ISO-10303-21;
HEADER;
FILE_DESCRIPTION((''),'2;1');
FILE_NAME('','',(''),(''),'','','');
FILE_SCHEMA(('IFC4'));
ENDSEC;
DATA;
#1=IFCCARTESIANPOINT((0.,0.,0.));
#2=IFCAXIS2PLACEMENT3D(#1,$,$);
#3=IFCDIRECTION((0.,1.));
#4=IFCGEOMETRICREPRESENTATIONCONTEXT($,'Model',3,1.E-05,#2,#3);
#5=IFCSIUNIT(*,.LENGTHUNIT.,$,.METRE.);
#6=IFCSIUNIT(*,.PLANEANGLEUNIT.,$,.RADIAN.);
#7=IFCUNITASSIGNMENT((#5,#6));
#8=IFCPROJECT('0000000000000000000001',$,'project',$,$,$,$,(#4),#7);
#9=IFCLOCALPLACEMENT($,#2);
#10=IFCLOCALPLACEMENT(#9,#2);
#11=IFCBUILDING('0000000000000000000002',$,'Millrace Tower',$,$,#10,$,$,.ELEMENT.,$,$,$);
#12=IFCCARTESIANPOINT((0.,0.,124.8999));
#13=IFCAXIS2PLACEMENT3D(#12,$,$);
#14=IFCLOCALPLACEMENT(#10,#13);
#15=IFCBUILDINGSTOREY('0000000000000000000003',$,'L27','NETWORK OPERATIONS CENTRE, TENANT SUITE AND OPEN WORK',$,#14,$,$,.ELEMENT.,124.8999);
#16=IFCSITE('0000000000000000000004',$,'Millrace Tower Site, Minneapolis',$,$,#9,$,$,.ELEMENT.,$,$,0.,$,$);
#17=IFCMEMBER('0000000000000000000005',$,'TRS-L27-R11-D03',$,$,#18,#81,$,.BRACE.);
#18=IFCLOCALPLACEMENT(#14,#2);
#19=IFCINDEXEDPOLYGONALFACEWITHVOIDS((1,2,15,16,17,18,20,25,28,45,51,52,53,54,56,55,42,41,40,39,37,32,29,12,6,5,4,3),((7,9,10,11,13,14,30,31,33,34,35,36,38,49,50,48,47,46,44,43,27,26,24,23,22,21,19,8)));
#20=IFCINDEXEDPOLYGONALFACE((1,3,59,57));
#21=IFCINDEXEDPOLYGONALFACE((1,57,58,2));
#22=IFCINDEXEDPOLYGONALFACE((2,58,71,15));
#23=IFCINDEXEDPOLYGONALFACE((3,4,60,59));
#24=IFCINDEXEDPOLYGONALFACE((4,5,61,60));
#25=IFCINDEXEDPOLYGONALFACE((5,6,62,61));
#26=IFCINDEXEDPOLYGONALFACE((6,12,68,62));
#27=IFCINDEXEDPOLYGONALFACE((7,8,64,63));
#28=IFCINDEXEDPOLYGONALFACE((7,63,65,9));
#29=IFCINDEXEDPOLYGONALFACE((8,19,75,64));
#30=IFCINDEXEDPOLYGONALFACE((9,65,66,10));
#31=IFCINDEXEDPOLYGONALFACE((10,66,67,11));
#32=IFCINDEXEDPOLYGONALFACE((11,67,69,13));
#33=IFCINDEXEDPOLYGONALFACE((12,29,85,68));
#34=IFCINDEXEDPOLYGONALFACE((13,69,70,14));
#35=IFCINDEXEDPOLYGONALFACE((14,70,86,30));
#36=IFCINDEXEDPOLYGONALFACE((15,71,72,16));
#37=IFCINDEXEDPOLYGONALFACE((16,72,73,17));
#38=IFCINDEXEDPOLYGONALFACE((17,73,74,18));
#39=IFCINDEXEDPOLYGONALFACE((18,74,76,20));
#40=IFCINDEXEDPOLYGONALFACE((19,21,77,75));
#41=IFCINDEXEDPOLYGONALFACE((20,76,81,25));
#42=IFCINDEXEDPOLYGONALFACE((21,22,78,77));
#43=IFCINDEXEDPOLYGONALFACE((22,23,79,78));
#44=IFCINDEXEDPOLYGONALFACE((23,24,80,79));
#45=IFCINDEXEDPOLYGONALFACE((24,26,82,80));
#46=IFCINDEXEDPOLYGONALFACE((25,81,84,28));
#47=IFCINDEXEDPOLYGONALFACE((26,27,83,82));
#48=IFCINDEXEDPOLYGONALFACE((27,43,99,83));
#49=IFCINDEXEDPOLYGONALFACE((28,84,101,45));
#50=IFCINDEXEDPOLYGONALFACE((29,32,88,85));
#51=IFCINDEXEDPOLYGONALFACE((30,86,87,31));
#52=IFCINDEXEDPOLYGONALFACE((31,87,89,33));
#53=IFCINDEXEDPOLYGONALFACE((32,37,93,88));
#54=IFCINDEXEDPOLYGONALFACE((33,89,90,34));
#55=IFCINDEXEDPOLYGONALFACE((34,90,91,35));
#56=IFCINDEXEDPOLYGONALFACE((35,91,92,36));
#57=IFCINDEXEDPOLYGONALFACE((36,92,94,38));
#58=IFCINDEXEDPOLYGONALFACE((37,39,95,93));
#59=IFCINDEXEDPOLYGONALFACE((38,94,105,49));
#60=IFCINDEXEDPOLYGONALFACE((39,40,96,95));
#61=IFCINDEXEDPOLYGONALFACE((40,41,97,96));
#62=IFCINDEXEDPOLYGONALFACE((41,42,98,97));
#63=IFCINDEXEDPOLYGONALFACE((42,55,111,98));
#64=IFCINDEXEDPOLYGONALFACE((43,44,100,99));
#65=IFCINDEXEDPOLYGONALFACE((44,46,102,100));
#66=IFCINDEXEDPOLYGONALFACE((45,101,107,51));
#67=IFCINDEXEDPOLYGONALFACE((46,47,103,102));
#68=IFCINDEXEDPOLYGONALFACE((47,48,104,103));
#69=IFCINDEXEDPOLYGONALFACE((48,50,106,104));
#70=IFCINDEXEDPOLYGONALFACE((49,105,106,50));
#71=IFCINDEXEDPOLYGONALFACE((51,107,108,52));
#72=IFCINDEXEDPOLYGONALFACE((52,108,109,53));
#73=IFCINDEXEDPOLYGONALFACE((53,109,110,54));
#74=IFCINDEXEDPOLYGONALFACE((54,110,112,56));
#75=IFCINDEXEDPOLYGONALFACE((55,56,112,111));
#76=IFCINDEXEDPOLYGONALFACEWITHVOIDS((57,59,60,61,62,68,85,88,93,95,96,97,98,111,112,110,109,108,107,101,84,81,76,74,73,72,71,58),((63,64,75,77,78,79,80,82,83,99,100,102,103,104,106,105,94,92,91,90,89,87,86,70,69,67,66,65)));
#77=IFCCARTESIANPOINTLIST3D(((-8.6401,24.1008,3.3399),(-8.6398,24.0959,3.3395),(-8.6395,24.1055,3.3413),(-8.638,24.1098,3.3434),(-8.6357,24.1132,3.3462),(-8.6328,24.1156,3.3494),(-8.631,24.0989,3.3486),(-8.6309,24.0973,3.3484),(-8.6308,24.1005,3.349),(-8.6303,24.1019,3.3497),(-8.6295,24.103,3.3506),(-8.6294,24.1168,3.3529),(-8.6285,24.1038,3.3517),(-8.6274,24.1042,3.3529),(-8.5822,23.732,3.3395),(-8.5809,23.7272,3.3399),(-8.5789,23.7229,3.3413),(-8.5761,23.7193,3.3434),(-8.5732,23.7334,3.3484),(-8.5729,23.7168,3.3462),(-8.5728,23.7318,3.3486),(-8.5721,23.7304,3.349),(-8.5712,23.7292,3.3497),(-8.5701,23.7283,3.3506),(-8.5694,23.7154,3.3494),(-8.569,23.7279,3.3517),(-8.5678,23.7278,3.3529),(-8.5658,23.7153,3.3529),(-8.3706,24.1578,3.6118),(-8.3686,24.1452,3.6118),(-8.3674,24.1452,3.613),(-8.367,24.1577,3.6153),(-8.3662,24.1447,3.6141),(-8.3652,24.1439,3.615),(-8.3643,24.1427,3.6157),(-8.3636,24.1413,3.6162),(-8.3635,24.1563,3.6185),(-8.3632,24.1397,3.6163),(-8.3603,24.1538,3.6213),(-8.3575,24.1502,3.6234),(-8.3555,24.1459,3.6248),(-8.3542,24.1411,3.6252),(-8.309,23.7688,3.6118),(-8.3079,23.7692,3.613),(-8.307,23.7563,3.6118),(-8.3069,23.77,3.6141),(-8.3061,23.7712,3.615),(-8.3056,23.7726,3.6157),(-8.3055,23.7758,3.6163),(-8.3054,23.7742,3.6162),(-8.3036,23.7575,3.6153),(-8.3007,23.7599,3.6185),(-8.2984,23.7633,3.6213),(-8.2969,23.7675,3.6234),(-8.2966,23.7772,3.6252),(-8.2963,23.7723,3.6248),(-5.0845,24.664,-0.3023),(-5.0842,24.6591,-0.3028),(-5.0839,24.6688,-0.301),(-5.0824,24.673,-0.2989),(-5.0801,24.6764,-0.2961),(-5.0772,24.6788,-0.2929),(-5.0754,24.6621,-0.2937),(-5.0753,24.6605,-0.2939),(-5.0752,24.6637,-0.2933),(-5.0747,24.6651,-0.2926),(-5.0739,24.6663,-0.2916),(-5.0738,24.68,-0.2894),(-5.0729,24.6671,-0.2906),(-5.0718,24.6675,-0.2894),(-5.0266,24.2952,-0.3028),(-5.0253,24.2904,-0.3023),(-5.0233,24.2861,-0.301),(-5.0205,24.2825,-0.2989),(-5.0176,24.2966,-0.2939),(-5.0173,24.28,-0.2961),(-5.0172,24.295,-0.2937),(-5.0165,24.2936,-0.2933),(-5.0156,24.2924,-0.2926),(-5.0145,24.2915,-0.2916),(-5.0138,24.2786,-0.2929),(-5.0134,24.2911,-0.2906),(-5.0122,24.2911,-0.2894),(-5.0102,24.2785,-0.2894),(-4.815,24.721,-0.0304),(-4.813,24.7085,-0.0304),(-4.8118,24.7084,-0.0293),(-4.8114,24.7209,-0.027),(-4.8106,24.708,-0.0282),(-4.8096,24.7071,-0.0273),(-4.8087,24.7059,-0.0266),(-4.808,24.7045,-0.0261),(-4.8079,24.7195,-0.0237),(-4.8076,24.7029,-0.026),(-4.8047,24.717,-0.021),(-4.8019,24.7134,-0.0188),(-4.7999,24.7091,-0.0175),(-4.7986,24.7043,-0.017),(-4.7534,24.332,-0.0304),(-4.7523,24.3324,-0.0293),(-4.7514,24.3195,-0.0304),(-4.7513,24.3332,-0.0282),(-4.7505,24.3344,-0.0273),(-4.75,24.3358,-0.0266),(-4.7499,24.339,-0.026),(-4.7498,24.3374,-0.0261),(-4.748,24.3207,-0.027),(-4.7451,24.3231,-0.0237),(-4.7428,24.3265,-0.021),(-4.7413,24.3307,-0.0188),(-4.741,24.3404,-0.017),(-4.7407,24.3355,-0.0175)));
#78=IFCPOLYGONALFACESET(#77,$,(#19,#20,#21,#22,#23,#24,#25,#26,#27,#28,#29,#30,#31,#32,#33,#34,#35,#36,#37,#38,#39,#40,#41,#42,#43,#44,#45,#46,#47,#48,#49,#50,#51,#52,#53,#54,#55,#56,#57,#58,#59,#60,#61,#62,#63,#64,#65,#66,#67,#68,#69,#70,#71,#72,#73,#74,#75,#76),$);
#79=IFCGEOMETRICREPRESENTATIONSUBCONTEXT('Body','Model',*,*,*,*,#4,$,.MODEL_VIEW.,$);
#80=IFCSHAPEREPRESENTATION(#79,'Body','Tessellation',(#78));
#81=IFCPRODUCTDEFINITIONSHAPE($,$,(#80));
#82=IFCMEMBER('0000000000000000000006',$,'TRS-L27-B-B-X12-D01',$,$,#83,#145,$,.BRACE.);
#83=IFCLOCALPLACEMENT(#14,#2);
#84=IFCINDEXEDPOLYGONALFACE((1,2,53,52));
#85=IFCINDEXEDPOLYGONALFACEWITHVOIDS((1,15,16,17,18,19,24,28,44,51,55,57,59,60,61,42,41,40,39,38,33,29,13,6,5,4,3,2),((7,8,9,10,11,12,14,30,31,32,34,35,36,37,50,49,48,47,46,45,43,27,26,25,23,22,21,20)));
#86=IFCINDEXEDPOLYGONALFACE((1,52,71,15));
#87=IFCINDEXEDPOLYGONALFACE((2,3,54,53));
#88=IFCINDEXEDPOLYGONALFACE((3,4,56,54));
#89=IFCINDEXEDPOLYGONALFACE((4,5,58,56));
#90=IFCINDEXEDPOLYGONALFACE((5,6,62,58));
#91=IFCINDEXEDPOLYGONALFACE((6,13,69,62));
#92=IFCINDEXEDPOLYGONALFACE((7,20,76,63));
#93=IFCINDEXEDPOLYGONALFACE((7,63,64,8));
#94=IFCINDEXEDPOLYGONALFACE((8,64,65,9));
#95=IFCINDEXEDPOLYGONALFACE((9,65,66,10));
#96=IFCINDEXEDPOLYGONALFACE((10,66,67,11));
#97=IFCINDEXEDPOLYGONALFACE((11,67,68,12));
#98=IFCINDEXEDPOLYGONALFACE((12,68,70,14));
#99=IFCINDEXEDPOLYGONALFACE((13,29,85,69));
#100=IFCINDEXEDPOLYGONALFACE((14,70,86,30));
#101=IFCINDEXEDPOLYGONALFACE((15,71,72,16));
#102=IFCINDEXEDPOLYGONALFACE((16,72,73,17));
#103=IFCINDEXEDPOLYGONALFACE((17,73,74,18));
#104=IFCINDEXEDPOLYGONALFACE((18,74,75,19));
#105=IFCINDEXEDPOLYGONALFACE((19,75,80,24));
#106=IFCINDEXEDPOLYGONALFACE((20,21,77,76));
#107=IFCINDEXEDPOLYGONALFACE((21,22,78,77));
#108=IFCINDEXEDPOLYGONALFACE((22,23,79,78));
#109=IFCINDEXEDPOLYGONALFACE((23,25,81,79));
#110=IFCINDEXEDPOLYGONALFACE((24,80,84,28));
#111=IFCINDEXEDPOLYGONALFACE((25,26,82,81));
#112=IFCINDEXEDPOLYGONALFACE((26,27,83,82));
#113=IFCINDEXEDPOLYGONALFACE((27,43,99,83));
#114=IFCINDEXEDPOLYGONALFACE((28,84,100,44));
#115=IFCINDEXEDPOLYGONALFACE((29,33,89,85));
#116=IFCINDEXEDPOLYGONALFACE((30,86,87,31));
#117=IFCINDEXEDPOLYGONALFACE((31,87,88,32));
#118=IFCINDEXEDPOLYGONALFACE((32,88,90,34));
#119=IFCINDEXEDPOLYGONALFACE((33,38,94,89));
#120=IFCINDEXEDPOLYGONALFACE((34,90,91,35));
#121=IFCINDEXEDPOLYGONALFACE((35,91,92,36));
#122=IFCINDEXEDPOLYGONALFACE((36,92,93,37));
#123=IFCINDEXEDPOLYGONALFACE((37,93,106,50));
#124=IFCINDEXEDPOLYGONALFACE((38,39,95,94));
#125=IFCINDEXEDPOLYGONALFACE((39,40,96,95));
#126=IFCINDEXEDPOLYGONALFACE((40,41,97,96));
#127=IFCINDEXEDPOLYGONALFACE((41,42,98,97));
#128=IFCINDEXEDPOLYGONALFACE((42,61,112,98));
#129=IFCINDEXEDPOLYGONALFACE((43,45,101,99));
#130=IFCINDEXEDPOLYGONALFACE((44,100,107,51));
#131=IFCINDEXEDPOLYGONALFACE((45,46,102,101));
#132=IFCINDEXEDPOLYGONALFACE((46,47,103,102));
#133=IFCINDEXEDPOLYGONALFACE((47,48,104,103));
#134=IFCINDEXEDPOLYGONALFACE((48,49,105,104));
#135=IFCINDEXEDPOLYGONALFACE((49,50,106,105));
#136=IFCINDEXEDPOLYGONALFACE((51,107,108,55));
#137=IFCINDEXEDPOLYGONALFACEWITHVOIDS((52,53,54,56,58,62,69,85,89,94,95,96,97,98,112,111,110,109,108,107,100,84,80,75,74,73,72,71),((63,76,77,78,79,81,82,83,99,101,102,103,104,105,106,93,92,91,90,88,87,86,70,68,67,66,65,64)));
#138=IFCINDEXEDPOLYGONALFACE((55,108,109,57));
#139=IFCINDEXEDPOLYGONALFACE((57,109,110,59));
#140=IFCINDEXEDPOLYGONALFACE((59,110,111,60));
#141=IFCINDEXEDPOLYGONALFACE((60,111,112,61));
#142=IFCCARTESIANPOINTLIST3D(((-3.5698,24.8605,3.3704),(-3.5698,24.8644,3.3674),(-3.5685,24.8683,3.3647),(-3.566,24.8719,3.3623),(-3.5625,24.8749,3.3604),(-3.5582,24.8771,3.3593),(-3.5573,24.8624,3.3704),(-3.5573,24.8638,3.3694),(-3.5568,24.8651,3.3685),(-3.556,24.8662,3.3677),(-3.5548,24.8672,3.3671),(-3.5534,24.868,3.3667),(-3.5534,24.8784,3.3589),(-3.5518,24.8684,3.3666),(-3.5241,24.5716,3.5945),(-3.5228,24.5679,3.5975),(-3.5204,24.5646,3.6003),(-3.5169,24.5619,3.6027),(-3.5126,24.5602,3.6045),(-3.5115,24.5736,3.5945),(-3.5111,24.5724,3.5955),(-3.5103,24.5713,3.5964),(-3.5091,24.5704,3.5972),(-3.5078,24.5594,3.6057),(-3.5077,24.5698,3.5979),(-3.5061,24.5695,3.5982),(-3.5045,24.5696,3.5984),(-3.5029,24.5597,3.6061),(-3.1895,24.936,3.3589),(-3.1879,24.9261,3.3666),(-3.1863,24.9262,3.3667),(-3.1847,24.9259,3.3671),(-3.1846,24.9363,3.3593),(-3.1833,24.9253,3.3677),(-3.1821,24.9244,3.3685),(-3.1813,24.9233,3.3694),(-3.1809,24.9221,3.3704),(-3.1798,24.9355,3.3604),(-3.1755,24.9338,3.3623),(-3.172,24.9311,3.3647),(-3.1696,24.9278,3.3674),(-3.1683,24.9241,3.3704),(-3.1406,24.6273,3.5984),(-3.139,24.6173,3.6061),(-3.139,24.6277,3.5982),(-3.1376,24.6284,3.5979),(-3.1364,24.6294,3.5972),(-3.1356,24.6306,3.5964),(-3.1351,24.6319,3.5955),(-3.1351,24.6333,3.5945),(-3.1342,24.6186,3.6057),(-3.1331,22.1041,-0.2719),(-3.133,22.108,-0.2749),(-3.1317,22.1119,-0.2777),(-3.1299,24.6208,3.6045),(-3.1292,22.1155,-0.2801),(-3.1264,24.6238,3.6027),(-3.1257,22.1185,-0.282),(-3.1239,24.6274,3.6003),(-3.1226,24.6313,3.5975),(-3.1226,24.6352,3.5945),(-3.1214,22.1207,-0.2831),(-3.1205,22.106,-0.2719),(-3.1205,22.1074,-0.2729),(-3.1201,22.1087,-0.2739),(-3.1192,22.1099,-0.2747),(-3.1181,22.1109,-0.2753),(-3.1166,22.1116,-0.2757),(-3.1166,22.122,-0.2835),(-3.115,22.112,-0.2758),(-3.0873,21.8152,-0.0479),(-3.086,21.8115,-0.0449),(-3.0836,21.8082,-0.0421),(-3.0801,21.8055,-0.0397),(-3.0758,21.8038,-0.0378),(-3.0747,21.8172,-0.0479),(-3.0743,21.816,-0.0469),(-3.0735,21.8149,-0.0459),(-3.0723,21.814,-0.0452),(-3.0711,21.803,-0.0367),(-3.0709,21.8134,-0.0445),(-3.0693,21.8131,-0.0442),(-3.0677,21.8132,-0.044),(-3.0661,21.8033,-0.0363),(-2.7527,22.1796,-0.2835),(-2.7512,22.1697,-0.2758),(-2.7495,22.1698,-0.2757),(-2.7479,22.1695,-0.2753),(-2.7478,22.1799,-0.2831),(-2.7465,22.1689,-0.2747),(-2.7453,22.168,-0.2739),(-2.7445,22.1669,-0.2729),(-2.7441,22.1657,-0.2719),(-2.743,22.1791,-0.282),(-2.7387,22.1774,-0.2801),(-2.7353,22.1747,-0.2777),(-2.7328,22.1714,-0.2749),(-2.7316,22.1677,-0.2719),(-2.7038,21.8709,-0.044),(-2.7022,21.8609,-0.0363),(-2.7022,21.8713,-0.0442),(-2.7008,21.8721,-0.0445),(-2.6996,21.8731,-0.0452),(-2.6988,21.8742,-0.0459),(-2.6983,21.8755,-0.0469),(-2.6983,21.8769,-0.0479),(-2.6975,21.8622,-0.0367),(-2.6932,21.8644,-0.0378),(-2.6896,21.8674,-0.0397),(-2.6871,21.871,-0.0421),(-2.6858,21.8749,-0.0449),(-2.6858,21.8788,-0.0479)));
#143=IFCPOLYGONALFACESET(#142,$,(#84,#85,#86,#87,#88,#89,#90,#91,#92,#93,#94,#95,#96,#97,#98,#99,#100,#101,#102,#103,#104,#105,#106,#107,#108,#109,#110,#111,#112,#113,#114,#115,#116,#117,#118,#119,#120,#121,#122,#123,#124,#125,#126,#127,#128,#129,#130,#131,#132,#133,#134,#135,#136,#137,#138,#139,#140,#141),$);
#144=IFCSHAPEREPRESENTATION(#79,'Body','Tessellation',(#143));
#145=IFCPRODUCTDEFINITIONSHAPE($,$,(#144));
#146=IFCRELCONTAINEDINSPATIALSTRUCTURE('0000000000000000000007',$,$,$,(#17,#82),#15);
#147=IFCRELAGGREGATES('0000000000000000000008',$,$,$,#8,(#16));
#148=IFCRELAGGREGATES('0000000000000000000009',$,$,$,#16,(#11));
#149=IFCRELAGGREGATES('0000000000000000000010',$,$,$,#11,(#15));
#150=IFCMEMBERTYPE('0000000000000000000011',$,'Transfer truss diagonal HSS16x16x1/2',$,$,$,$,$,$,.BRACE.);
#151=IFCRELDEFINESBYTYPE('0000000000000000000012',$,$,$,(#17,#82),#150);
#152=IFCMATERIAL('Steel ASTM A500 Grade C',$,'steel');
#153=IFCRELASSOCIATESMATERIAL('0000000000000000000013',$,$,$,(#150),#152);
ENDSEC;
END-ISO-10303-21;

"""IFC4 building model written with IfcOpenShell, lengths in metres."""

from ifc_helpers import new_model, si_unit, direction, frame, origin, origin_2d, place, context, subcontext, project, spatial, hollow_rectangle, extrude, material, material_profile, profile_set, type_object, element, save


model = new_model("IFC4")

# Units and contexts
model_context = context("Model", 3, precision=1e-05, world=origin(), true_north=direction((0.0, 1.0)))
body_context = subcontext(model_context, "Body", "Model", "MODEL_VIEW")
ifc_project = project(units=[si_unit("LENGTHUNIT", "METRE"), si_unit("PLANEANGLEUNIT", "RADIAN")], contexts=[model_context])

# Site, building, storey
site_placement = place(None, origin())
site = spatial("IfcSite", under=ifc_project, at=site_placement, Name="Millrace Tower Site, Minneapolis", CompositionType="ELEMENT", RefElevation=0.0)
building_placement = place(site_placement, origin())
building = spatial("IfcBuilding", under=site, at=building_placement, Name="Millrace Tower", CompositionType="ELEMENT")
storey_placement = place(building_placement, frame((0.0, 0.0, 124.8999)))
storey = spatial("IfcBuildingStorey", under=building, at=storey_placement, Name="L27", Description="NETWORK OPERATIONS CENTRE, TENANT SUITE AND OPEN WORK", CompositionType="ELEMENT", Elevation=124.8999)

# Members
ifc_material_1 = material(Name="Steel ASTM A500 Grade C", Category="steel")
ifc_material_profile_1 = material_profile(ifc_material_1, hollow_rectangle(XDim=0.4065, YDim=0.4065, WallThickness=0.0127, InnerFilletRadius=0.0063, OuterFilletRadius=0.019, at=origin_2d()))
ifc_profile_set_1 = profile_set([ifc_material_profile_1], Name="Steel ASTM A500 Grade C")
member_type_1 = type_object("IfcMemberType", Name="Transfer truss diagonal HSS16x16x1/2", PredefinedType="BRACE", material=ifc_profile_set_1)
member_1_placement = place(storey_placement, frame((-4.9126, 24.4998, -0.1599), z_axis=(-0.694304, -0.109981, 0.711228), x_axis=(0.156454, -0.987685, 0.0)))
element("IfcMember", 1, at=member_1_placement, inside=storey, type_object=member_type_1, Name="TRS-L27-R11-D03", PredefinedType="BRACE", context=body_context, shape_type="SweptSolid", body=[
    extrude(hollow_rectangle(XDim=0.4065, YDim=0.4065, WallThickness=0.0127, InnerFilletRadius=0.0063, OuterFilletRadius=0.019, at=origin_2d()), origin(), (0.0, 0.0, 1.0), 5.1211),
])
member_2_placement = place(storey_placement, frame((-2.9094, 21.9915, -0.1599), z_axis=(-0.095186, 0.600701, 0.793787), x_axis=(-0.987677, -0.156506, 0.0)))
element("IfcMember", 2, at=member_2_placement, inside=storey, type_object=member_type_1, Name="TRS-L27-B-B-X12-D01", PredefinedType="BRACE", context=body_context, shape_type="SweptSolid", body=[
    extrude(hollow_rectangle(XDim=0.4065, YDim=0.4065, WallThickness=0.0127, InnerFilletRadius=0.0063, OuterFilletRadius=0.019, at=origin_2d()), origin(), (0.0, 0.0, 1.0), 4.5886),
])

save(model, "model.ifc")
